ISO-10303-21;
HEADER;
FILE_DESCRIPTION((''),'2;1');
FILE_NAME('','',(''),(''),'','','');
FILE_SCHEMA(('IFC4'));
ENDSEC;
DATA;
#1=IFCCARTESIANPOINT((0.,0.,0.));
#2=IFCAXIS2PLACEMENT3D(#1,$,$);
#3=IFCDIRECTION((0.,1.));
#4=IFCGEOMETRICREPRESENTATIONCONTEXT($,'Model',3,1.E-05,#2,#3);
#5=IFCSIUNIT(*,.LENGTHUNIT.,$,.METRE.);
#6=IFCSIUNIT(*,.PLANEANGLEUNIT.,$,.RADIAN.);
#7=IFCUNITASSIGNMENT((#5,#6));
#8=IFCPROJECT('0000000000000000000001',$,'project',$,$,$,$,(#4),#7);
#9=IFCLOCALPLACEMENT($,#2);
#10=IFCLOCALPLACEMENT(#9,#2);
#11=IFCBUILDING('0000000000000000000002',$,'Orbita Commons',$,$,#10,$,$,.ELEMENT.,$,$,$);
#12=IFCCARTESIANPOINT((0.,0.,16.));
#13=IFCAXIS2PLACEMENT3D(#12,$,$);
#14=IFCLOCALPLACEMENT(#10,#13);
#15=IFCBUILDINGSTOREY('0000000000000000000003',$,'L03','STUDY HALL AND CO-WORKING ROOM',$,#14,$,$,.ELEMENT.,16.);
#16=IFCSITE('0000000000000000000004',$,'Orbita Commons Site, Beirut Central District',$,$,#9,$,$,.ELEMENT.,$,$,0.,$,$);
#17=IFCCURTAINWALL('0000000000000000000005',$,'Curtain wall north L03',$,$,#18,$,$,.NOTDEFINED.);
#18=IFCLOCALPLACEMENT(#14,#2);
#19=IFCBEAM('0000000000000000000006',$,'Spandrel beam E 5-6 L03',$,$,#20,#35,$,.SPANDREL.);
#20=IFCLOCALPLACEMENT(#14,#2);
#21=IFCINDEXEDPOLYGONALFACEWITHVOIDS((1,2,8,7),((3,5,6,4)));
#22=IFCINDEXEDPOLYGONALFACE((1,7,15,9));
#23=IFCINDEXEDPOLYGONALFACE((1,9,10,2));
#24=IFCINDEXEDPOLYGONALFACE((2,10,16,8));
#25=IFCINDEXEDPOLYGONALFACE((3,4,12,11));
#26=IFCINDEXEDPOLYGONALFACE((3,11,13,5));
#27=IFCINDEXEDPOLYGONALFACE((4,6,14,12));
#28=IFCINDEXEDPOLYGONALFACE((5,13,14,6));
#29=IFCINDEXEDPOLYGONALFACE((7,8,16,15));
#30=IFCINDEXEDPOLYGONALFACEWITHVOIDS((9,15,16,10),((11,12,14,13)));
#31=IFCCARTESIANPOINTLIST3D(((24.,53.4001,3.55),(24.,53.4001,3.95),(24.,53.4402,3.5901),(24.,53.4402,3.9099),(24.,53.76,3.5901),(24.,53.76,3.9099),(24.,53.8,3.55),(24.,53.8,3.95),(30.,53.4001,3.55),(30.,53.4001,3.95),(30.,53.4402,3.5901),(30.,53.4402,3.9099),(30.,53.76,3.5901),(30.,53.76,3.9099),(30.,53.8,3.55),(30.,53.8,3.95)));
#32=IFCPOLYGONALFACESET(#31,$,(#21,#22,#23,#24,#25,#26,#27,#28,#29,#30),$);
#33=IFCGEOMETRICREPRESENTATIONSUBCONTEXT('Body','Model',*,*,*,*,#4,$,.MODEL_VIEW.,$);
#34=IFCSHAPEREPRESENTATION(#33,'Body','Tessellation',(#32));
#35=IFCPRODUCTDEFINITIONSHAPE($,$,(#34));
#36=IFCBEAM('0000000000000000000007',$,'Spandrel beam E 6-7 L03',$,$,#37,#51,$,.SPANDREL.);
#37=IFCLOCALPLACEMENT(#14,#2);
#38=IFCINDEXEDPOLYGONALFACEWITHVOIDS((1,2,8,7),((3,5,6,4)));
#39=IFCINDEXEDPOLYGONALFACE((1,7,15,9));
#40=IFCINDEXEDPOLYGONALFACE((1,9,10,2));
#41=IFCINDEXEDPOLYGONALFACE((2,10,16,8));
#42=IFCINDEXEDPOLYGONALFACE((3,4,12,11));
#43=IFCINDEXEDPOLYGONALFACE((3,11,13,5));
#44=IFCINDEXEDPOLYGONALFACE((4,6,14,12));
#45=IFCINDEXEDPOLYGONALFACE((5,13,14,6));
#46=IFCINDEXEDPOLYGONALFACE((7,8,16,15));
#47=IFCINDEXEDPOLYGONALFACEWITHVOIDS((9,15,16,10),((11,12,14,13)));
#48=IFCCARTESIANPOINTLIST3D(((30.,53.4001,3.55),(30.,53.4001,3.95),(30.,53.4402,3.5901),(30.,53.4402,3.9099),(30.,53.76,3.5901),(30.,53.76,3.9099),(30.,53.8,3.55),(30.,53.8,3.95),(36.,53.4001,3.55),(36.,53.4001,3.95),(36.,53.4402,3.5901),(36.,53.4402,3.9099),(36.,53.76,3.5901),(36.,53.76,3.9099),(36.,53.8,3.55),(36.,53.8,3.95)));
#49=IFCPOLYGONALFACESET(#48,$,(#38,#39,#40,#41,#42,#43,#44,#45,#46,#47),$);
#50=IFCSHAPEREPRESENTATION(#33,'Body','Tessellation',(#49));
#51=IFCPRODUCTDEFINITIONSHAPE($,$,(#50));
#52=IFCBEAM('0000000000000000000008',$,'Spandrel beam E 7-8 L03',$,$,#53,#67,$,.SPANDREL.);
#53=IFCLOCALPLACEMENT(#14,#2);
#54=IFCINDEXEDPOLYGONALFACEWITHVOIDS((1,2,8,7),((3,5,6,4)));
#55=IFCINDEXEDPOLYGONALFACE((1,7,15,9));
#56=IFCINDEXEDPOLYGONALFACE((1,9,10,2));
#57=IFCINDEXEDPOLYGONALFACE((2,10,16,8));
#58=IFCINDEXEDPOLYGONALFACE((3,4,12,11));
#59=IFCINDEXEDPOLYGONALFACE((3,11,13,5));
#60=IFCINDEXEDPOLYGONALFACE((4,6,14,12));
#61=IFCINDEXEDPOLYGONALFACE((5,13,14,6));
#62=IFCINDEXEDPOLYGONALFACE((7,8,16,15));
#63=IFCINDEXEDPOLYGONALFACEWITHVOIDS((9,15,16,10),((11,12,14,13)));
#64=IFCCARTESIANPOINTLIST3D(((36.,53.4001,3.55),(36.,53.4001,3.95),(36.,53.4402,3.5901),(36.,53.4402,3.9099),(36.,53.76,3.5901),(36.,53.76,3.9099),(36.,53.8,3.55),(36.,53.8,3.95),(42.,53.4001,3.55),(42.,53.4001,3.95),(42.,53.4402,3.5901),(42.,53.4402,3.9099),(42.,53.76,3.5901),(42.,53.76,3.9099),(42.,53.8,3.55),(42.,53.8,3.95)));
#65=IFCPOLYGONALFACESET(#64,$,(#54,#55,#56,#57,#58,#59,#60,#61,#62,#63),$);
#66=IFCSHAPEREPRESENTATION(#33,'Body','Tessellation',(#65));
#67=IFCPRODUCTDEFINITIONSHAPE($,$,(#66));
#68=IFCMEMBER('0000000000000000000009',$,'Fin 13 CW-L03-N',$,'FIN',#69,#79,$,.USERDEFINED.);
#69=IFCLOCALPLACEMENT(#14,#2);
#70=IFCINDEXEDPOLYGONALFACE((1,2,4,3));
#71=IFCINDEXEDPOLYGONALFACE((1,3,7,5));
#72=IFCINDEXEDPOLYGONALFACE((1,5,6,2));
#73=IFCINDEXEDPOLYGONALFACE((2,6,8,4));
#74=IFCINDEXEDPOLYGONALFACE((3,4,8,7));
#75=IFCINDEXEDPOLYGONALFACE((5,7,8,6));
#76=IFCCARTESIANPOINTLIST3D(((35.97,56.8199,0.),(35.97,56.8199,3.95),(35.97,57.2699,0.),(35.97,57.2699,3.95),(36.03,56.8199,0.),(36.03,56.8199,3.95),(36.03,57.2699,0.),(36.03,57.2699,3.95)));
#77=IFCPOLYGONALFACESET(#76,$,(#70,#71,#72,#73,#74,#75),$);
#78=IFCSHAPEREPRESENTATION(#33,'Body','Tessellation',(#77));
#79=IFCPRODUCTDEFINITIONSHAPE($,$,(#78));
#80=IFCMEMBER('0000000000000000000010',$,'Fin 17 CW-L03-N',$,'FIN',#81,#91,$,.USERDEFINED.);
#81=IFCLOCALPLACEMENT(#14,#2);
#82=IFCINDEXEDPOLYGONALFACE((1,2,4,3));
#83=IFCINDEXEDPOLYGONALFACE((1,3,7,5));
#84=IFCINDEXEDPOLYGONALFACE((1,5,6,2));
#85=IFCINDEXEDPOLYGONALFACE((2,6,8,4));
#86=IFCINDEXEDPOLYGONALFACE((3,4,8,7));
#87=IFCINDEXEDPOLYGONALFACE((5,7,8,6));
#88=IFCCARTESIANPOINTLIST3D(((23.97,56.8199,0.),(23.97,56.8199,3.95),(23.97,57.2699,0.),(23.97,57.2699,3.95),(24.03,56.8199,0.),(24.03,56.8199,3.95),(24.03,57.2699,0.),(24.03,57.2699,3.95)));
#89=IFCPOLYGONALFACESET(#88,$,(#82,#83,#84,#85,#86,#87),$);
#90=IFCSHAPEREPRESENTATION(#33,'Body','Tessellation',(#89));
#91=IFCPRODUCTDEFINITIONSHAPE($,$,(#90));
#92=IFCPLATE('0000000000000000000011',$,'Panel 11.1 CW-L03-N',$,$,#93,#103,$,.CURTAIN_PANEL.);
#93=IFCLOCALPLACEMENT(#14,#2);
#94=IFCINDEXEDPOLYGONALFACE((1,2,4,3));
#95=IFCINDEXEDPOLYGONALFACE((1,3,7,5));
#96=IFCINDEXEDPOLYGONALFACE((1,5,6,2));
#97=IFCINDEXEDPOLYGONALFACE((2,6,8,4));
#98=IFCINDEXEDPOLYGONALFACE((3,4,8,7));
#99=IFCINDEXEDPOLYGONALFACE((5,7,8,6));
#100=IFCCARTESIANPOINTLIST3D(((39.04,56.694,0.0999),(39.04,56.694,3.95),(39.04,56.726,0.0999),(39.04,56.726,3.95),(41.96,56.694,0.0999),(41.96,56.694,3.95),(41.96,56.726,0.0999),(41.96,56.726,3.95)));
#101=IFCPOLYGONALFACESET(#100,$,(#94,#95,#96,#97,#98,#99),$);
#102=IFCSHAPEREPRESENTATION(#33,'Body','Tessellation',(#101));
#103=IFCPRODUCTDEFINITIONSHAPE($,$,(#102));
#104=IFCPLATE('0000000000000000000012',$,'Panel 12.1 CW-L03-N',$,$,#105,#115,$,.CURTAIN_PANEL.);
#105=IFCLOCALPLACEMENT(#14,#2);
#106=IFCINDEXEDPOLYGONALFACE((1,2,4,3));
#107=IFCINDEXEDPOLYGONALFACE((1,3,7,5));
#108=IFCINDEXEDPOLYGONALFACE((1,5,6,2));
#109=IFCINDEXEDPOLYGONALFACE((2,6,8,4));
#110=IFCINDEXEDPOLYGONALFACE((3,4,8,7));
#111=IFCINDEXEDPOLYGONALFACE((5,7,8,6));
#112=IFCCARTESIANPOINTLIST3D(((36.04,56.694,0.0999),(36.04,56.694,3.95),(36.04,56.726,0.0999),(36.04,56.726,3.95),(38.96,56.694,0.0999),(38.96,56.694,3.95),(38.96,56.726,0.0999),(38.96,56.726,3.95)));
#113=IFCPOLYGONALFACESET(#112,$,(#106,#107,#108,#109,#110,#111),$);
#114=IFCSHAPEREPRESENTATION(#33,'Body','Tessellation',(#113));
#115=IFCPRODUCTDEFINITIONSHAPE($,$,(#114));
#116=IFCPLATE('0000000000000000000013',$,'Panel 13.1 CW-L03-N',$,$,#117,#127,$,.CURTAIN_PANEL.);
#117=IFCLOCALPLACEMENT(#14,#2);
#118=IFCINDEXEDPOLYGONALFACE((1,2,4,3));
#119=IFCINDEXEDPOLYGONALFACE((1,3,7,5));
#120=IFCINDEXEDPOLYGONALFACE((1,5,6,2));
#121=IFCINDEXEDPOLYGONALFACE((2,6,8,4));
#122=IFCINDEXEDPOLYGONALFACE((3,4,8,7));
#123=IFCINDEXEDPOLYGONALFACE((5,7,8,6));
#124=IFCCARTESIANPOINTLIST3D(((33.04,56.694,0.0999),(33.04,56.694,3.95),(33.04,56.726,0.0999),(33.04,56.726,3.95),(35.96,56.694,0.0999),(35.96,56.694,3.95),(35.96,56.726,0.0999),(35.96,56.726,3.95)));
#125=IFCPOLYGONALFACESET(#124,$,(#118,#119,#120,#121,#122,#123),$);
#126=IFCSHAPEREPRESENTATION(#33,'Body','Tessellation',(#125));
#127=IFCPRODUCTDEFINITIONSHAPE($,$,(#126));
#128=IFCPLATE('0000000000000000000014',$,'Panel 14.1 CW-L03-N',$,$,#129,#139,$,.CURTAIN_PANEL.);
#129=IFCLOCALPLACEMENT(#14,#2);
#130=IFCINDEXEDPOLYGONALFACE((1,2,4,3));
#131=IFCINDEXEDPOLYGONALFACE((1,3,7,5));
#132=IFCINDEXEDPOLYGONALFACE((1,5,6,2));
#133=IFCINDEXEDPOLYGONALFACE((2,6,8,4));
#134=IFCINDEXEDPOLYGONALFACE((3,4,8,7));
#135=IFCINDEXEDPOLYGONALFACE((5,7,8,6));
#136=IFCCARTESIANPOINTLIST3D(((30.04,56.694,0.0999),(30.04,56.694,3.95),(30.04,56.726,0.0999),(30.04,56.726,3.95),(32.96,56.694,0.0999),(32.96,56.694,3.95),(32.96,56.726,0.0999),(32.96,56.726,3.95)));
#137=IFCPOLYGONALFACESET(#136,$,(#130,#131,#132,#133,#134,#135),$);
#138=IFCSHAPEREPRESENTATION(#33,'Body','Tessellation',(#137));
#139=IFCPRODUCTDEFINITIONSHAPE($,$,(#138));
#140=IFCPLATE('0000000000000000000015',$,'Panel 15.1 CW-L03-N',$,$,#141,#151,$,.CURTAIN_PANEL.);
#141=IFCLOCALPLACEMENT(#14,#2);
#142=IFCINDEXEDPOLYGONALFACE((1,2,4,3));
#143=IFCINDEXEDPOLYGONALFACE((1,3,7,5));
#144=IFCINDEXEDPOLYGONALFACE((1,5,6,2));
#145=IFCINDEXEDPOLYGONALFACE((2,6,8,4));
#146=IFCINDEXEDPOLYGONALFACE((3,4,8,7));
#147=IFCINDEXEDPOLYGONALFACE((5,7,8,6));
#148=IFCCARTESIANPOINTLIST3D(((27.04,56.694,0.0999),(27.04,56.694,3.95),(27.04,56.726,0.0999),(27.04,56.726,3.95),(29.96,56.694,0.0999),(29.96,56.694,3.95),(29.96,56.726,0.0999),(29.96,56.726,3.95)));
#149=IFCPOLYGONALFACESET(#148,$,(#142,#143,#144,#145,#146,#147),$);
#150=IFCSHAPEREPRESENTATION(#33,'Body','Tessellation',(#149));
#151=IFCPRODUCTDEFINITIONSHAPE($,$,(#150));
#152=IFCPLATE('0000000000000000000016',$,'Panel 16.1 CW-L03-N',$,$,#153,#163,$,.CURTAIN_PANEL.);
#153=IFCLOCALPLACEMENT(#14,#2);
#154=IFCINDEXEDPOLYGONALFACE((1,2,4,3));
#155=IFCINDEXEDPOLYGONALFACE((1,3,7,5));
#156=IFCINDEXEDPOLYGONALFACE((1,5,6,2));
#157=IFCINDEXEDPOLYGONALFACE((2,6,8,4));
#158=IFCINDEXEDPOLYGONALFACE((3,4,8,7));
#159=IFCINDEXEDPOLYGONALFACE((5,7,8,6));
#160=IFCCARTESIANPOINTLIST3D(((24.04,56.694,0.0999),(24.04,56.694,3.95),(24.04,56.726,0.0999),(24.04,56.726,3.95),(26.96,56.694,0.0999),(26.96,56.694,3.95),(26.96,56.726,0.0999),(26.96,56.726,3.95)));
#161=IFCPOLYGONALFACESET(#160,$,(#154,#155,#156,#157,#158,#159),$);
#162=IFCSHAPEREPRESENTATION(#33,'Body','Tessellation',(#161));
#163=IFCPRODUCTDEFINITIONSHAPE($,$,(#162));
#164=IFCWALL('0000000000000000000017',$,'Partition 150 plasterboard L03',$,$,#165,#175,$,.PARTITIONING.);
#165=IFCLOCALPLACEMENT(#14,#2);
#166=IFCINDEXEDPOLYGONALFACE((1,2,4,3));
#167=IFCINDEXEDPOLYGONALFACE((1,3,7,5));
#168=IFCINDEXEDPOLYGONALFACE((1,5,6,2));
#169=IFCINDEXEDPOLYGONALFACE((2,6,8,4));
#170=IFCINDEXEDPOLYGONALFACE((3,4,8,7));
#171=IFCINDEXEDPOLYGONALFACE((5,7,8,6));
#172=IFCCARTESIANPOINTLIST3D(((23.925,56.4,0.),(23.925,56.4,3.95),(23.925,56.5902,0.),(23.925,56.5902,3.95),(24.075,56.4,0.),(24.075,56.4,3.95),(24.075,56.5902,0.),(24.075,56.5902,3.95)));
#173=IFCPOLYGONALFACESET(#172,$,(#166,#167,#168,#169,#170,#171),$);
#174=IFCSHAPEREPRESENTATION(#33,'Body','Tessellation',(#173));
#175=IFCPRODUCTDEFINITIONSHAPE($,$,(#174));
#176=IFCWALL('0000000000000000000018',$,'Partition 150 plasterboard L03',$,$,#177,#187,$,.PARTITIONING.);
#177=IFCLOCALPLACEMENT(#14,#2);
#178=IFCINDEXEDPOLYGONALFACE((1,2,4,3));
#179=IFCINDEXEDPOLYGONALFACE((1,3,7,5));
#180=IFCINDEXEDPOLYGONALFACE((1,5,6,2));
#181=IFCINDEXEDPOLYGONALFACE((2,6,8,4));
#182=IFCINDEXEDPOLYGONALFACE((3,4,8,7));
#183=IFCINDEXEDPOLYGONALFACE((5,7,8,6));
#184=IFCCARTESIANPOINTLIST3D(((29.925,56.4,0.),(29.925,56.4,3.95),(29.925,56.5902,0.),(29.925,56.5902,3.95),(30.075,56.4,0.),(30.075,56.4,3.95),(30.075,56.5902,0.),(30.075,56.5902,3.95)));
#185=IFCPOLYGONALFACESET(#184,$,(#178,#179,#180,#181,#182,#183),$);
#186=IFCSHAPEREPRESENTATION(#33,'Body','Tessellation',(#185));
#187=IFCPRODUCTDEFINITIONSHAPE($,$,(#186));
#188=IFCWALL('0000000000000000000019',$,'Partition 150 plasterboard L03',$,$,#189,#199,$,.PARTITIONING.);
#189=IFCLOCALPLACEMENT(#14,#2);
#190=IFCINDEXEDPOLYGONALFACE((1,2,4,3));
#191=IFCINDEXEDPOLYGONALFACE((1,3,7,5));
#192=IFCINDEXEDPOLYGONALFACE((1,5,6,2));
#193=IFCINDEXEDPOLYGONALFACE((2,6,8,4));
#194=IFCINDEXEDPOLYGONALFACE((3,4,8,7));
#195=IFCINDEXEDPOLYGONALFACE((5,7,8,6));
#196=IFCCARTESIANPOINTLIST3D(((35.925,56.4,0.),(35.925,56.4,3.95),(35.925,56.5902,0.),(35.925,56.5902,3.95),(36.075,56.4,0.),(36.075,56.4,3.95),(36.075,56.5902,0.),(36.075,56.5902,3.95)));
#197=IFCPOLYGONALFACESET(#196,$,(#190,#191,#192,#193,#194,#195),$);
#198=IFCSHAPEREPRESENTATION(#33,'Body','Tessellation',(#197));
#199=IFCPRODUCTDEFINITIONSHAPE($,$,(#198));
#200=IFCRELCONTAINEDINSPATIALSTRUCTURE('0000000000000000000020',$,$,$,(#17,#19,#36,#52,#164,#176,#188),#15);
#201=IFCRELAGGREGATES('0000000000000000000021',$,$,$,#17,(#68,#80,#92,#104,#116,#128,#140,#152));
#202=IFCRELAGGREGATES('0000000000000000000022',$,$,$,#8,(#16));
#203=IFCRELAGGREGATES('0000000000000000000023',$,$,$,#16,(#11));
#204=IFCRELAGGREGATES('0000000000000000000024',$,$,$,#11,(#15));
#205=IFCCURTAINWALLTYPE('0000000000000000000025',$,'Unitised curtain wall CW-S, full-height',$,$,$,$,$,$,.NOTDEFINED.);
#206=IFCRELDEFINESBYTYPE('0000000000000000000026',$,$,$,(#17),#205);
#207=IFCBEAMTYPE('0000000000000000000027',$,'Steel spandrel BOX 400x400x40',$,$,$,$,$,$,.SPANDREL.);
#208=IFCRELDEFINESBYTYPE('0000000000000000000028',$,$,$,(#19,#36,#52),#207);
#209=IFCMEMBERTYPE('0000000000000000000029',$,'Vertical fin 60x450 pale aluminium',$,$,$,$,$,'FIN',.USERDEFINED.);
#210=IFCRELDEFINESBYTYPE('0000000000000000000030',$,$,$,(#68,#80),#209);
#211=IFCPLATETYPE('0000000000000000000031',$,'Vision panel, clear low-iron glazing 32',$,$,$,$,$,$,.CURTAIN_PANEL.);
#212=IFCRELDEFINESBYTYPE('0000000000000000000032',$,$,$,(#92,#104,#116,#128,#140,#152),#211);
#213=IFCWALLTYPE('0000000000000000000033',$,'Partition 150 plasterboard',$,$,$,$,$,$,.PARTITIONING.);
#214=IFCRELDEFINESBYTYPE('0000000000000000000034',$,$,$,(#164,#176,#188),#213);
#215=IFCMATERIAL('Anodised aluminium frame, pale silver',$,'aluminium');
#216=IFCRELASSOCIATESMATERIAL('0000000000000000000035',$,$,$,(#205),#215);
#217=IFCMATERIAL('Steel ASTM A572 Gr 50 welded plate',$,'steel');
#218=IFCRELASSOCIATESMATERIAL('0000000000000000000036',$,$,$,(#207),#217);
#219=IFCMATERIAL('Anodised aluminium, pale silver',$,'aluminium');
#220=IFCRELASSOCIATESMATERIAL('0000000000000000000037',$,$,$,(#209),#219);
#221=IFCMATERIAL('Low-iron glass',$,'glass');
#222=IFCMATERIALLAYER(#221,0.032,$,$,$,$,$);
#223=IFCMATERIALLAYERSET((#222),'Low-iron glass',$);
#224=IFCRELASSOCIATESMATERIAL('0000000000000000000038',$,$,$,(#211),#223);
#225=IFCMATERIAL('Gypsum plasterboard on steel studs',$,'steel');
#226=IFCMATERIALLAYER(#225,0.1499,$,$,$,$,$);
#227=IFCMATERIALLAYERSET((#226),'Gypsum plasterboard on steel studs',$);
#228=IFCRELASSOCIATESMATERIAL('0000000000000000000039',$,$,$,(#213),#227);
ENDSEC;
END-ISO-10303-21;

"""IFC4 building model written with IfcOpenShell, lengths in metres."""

from ifc_helpers import new_model, si_unit, direction, frame, frame_2d, origin, origin_2d, place, context, subcontext, project, spatial, rectangle, hollow_rectangle, extrude, material, layer, layer_set, material_profile, profile_set, type_object, element, aggregate, save


model = new_model("IFC4")

# Units and contexts
model_context = context("Model", 3, precision=1e-05, world=origin(), true_north=direction((0.0, 1.0)))
body_context = subcontext(model_context, "Body", "Model", "MODEL_VIEW")
ifc_project = project(units=[si_unit("LENGTHUNIT", "METRE"), si_unit("PLANEANGLEUNIT", "RADIAN")], contexts=[model_context])

# Site, building, storey
site_placement = place(None, origin())
site = spatial("IfcSite", under=ifc_project, at=site_placement, Name="Orbita Commons Site, Beirut Central District", CompositionType="ELEMENT", RefElevation=0.0)
building_placement = place(site_placement, origin())
building = spatial("IfcBuilding", under=site, at=building_placement, Name="Orbita Commons", CompositionType="ELEMENT")
storey_placement = place(building_placement, frame((0.0, 0.0, 16.0)))
storey = spatial("IfcBuildingStorey", under=building, at=storey_placement, Name="L03", Description="STUDY HALL AND CO-WORKING ROOM", CompositionType="ELEMENT", Elevation=16.0)

# Curtain wall
ifc_material_1 = material(Name="Anodised aluminium frame, pale silver", Category="aluminium")
curtain_wall_type = type_object("IfcCurtainWallType", Name="Unitised curtain wall CW-S, full-height", PredefinedType="NOTDEFINED", material=ifc_material_1)
curtain_wall_placement = place(storey_placement, origin())
curtain_wall = element("IfcCurtainWall", 1, at=curtain_wall_placement, inside=storey, type_object=curtain_wall_type, Name="Curtain wall north L03", PredefinedType="NOTDEFINED")

# Beams
ifc_material_2 = material(Name="Steel ASTM A572 Gr 50 welded plate", Category="steel")
ifc_material_profile_1 = material_profile(ifc_material_2, hollow_rectangle(XDim=0.3999, YDim=0.3999, WallThickness=0.04, at=origin_2d()), Name="BOX 400x400x40")
ifc_profile_set_1 = profile_set([ifc_material_profile_1], Name="Steel ASTM A572 Gr 50 welded plate")
beam_type = type_object("IfcBeamType", Name="Steel spandrel BOX 400x400x40", PredefinedType="SPANDREL", material=ifc_profile_set_1)
for number, where, z_axis, x_axis, name in (
    (2, (24.0, 53.6001, 3.75), (1.0, 0.0, 0.0), (0.0, 1.0, 0.0), "Spandrel beam E 5-6 L03"),
    (3, (30.0, 53.6001, 3.75), (1.0, 0.0, 0.0), (0.0, 1.0, 0.0), "Spandrel beam E 6-7 L03"),
    (4, (36.0, 53.6001, 3.75), (1.0, 0.0, 0.0), (0.0, 1.0, 0.0), "Spandrel beam E 7-8 L03"),
):
    element("IfcBeam", number, at=place(storey_placement, frame(where, z_axis=z_axis, x_axis=x_axis)), inside=storey, type_object=beam_type, Name=name, PredefinedType="SPANDREL", context=body_context, shape_type="SweptSolid", body=[
        extrude(hollow_rectangle(XDim=0.3999, YDim=0.3999, WallThickness=0.04, at=origin_2d()), origin(), (0.0, 0.0, 1.0), 6.0),
    ])

# Members
ifc_material_3 = material(Name="Anodised aluminium, pale silver", Category="aluminium")
ifc_material_profile_2 = material_profile(ifc_material_3, rectangle(XDim=0.0601, YDim=0.45, at=origin_2d()), Name="FIN 60x450")
ifc_profile_set_2 = profile_set([ifc_material_profile_2], Name="Anodised aluminium, pale silver")
member_type_1 = type_object("IfcMemberType", Name="Vertical fin 60x450 pale aluminium", ElementType="FIN", PredefinedType="USERDEFINED", material=ifc_profile_set_2)
member_1_placement = place(storey_placement, frame((36.0, 57.0449, 0.0), z_axis=(0.0, 0.0, 1.0), x_axis=(-1.0, 0.0, 0.0)))
member_1 = element("IfcMember", 5, at=member_1_placement, type_object=member_type_1, Name="Fin 13 CW-L03-N", ObjectType="FIN", PredefinedType="USERDEFINED", context=body_context, shape_type="SweptSolid", body=[
    extrude(rectangle(XDim=0.0601, YDim=0.45, at=origin_2d()), origin(), (0.0, 0.0, 1.0), 3.95),
])
member_2_placement = place(storey_placement, frame((24.0, 57.0449, 0.0), z_axis=(0.0, 0.0, 1.0), x_axis=(-1.0, 0.0, 0.0)))
member_2 = element("IfcMember", 6, at=member_2_placement, type_object=member_type_1, Name="Fin 17 CW-L03-N", ObjectType="FIN", PredefinedType="USERDEFINED", context=body_context, shape_type="SweptSolid", body=[
    extrude(rectangle(XDim=0.0601, YDim=0.45, at=origin_2d()), origin(), (0.0, 0.0, 1.0), 3.95),
])

# Plates
ifc_material_4 = material(Name="Low-iron glass", Category="glass")
ifc_layer_1 = layer(ifc_material_4, 0.032)
ifc_layer_set_1 = layer_set([ifc_layer_1], Name="Low-iron glass")
plate_type = type_object("IfcPlateType", Name="Vision panel, clear low-iron glazing 32", PredefinedType="CURTAIN_PANEL", material=ifc_layer_set_1)
plate_1_placement = place(storey_placement, frame((40.5, 56.71, 0.0999), z_axis=(0.0, 0.0, 1.0), x_axis=(-1.0, 0.0, 0.0)))
plate_1 = element("IfcPlate", 7, at=plate_1_placement, type_object=plate_type, Name="Panel 11.1 CW-L03-N", PredefinedType="CURTAIN_PANEL", context=body_context, shape_type="SweptSolid", body=[
    extrude(rectangle(XDim=2.9199, YDim=0.032, at=origin_2d()), origin(), (0.0, 0.0, 1.0), 3.8501),
])
plate_2_placement = place(storey_placement, frame((37.5, 56.71, 0.0999), z_axis=(0.0, 0.0, 1.0), x_axis=(-1.0, 0.0, 0.0)))
plate_2 = element("IfcPlate", 8, at=plate_2_placement, type_object=plate_type, Name="Panel 12.1 CW-L03-N", PredefinedType="CURTAIN_PANEL", context=body_context, shape_type="SweptSolid", body=[
    extrude(rectangle(XDim=2.9199, YDim=0.032, at=origin_2d()), origin(), (0.0, 0.0, 1.0), 3.8501),
])
plate_3_placement = place(storey_placement, frame((34.5, 56.71, 0.0999), z_axis=(0.0, 0.0, 1.0), x_axis=(-1.0, 0.0, 0.0)))
plate_3 = element("IfcPlate", 9, at=plate_3_placement, type_object=plate_type, Name="Panel 13.1 CW-L03-N", PredefinedType="CURTAIN_PANEL", context=body_context, shape_type="SweptSolid", body=[
    extrude(rectangle(XDim=2.9199, YDim=0.032, at=origin_2d()), origin(), (0.0, 0.0, 1.0), 3.8501),
])
plate_4_placement = place(storey_placement, frame((31.5, 56.71, 0.0999), z_axis=(0.0, 0.0, 1.0), x_axis=(-1.0, 0.0, 0.0)))
plate_4 = element("IfcPlate", 10, at=plate_4_placement, type_object=plate_type, Name="Panel 14.1 CW-L03-N", PredefinedType="CURTAIN_PANEL", context=body_context, shape_type="SweptSolid", body=[
    extrude(rectangle(XDim=2.9199, YDim=0.032, at=origin_2d()), origin(), (0.0, 0.0, 1.0), 3.8501),
])
plate_5_placement = place(storey_placement, frame((28.5, 56.71, 0.0999), z_axis=(0.0, 0.0, 1.0), x_axis=(-1.0, 0.0, 0.0)))
plate_5 = element("IfcPlate", 11, at=plate_5_placement, type_object=plate_type, Name="Panel 15.1 CW-L03-N", PredefinedType="CURTAIN_PANEL", context=body_context, shape_type="SweptSolid", body=[
    extrude(rectangle(XDim=2.9199, YDim=0.032, at=origin_2d()), origin(), (0.0, 0.0, 1.0), 3.8501),
])
plate_6_placement = place(storey_placement, frame((25.5, 56.71, 0.0999), z_axis=(0.0, 0.0, 1.0), x_axis=(-1.0, 0.0, 0.0)))
plate_6 = element("IfcPlate", 12, at=plate_6_placement, type_object=plate_type, Name="Panel 16.1 CW-L03-N", PredefinedType="CURTAIN_PANEL", context=body_context, shape_type="SweptSolid", body=[
    extrude(rectangle(XDim=2.9199, YDim=0.032, at=origin_2d()), origin(), (0.0, 0.0, 1.0), 3.8501),
])
aggregate(curtain_wall, [member_1, member_2, plate_1, plate_2, plate_3, plate_4, plate_5, plate_6])

# Walls
ifc_material_5 = material(Name="Gypsum plasterboard on steel studs", Category="steel")
ifc_layer_2 = layer(ifc_material_5, 0.1499)
ifc_layer_set_2 = layer_set([ifc_layer_2], Name="Gypsum plasterboard on steel studs")
wall_type = type_object("IfcWallType", Name="Partition 150 plasterboard", PredefinedType="PARTITIONING", material=ifc_layer_set_2)
for number, where, z_axis, x_axis, name in (
    (13, (24.0, 56.3999, 0.0), (0.0, 0.0, 1.0), (0.0, 1.0, 0.0), "Partition 150 plasterboard L03"),
    (14, (30.0, 56.3999, 0.0), (0.0, 0.0, 1.0), (0.0, 1.0, 0.0), "Partition 150 plasterboard L03"),
    (15, (36.0, 56.3999, 0.0), (0.0, 0.0, 1.0), (0.0, 1.0, 0.0), "Partition 150 plasterboard L03"),
):
    element("IfcWall", number, at=place(storey_placement, frame(where, z_axis=z_axis, x_axis=x_axis)), inside=storey, type_object=wall_type, Name=name, PredefinedType="PARTITIONING", context=body_context, shape_type="SweptSolid", body=[
        extrude(rectangle(XDim=0.1902, YDim=0.1499, at=frame_2d((0.0952, 0.0))), origin(), (0.0, 0.0, 1.0), 3.95),
    ])

save(model, "model.ifc")
